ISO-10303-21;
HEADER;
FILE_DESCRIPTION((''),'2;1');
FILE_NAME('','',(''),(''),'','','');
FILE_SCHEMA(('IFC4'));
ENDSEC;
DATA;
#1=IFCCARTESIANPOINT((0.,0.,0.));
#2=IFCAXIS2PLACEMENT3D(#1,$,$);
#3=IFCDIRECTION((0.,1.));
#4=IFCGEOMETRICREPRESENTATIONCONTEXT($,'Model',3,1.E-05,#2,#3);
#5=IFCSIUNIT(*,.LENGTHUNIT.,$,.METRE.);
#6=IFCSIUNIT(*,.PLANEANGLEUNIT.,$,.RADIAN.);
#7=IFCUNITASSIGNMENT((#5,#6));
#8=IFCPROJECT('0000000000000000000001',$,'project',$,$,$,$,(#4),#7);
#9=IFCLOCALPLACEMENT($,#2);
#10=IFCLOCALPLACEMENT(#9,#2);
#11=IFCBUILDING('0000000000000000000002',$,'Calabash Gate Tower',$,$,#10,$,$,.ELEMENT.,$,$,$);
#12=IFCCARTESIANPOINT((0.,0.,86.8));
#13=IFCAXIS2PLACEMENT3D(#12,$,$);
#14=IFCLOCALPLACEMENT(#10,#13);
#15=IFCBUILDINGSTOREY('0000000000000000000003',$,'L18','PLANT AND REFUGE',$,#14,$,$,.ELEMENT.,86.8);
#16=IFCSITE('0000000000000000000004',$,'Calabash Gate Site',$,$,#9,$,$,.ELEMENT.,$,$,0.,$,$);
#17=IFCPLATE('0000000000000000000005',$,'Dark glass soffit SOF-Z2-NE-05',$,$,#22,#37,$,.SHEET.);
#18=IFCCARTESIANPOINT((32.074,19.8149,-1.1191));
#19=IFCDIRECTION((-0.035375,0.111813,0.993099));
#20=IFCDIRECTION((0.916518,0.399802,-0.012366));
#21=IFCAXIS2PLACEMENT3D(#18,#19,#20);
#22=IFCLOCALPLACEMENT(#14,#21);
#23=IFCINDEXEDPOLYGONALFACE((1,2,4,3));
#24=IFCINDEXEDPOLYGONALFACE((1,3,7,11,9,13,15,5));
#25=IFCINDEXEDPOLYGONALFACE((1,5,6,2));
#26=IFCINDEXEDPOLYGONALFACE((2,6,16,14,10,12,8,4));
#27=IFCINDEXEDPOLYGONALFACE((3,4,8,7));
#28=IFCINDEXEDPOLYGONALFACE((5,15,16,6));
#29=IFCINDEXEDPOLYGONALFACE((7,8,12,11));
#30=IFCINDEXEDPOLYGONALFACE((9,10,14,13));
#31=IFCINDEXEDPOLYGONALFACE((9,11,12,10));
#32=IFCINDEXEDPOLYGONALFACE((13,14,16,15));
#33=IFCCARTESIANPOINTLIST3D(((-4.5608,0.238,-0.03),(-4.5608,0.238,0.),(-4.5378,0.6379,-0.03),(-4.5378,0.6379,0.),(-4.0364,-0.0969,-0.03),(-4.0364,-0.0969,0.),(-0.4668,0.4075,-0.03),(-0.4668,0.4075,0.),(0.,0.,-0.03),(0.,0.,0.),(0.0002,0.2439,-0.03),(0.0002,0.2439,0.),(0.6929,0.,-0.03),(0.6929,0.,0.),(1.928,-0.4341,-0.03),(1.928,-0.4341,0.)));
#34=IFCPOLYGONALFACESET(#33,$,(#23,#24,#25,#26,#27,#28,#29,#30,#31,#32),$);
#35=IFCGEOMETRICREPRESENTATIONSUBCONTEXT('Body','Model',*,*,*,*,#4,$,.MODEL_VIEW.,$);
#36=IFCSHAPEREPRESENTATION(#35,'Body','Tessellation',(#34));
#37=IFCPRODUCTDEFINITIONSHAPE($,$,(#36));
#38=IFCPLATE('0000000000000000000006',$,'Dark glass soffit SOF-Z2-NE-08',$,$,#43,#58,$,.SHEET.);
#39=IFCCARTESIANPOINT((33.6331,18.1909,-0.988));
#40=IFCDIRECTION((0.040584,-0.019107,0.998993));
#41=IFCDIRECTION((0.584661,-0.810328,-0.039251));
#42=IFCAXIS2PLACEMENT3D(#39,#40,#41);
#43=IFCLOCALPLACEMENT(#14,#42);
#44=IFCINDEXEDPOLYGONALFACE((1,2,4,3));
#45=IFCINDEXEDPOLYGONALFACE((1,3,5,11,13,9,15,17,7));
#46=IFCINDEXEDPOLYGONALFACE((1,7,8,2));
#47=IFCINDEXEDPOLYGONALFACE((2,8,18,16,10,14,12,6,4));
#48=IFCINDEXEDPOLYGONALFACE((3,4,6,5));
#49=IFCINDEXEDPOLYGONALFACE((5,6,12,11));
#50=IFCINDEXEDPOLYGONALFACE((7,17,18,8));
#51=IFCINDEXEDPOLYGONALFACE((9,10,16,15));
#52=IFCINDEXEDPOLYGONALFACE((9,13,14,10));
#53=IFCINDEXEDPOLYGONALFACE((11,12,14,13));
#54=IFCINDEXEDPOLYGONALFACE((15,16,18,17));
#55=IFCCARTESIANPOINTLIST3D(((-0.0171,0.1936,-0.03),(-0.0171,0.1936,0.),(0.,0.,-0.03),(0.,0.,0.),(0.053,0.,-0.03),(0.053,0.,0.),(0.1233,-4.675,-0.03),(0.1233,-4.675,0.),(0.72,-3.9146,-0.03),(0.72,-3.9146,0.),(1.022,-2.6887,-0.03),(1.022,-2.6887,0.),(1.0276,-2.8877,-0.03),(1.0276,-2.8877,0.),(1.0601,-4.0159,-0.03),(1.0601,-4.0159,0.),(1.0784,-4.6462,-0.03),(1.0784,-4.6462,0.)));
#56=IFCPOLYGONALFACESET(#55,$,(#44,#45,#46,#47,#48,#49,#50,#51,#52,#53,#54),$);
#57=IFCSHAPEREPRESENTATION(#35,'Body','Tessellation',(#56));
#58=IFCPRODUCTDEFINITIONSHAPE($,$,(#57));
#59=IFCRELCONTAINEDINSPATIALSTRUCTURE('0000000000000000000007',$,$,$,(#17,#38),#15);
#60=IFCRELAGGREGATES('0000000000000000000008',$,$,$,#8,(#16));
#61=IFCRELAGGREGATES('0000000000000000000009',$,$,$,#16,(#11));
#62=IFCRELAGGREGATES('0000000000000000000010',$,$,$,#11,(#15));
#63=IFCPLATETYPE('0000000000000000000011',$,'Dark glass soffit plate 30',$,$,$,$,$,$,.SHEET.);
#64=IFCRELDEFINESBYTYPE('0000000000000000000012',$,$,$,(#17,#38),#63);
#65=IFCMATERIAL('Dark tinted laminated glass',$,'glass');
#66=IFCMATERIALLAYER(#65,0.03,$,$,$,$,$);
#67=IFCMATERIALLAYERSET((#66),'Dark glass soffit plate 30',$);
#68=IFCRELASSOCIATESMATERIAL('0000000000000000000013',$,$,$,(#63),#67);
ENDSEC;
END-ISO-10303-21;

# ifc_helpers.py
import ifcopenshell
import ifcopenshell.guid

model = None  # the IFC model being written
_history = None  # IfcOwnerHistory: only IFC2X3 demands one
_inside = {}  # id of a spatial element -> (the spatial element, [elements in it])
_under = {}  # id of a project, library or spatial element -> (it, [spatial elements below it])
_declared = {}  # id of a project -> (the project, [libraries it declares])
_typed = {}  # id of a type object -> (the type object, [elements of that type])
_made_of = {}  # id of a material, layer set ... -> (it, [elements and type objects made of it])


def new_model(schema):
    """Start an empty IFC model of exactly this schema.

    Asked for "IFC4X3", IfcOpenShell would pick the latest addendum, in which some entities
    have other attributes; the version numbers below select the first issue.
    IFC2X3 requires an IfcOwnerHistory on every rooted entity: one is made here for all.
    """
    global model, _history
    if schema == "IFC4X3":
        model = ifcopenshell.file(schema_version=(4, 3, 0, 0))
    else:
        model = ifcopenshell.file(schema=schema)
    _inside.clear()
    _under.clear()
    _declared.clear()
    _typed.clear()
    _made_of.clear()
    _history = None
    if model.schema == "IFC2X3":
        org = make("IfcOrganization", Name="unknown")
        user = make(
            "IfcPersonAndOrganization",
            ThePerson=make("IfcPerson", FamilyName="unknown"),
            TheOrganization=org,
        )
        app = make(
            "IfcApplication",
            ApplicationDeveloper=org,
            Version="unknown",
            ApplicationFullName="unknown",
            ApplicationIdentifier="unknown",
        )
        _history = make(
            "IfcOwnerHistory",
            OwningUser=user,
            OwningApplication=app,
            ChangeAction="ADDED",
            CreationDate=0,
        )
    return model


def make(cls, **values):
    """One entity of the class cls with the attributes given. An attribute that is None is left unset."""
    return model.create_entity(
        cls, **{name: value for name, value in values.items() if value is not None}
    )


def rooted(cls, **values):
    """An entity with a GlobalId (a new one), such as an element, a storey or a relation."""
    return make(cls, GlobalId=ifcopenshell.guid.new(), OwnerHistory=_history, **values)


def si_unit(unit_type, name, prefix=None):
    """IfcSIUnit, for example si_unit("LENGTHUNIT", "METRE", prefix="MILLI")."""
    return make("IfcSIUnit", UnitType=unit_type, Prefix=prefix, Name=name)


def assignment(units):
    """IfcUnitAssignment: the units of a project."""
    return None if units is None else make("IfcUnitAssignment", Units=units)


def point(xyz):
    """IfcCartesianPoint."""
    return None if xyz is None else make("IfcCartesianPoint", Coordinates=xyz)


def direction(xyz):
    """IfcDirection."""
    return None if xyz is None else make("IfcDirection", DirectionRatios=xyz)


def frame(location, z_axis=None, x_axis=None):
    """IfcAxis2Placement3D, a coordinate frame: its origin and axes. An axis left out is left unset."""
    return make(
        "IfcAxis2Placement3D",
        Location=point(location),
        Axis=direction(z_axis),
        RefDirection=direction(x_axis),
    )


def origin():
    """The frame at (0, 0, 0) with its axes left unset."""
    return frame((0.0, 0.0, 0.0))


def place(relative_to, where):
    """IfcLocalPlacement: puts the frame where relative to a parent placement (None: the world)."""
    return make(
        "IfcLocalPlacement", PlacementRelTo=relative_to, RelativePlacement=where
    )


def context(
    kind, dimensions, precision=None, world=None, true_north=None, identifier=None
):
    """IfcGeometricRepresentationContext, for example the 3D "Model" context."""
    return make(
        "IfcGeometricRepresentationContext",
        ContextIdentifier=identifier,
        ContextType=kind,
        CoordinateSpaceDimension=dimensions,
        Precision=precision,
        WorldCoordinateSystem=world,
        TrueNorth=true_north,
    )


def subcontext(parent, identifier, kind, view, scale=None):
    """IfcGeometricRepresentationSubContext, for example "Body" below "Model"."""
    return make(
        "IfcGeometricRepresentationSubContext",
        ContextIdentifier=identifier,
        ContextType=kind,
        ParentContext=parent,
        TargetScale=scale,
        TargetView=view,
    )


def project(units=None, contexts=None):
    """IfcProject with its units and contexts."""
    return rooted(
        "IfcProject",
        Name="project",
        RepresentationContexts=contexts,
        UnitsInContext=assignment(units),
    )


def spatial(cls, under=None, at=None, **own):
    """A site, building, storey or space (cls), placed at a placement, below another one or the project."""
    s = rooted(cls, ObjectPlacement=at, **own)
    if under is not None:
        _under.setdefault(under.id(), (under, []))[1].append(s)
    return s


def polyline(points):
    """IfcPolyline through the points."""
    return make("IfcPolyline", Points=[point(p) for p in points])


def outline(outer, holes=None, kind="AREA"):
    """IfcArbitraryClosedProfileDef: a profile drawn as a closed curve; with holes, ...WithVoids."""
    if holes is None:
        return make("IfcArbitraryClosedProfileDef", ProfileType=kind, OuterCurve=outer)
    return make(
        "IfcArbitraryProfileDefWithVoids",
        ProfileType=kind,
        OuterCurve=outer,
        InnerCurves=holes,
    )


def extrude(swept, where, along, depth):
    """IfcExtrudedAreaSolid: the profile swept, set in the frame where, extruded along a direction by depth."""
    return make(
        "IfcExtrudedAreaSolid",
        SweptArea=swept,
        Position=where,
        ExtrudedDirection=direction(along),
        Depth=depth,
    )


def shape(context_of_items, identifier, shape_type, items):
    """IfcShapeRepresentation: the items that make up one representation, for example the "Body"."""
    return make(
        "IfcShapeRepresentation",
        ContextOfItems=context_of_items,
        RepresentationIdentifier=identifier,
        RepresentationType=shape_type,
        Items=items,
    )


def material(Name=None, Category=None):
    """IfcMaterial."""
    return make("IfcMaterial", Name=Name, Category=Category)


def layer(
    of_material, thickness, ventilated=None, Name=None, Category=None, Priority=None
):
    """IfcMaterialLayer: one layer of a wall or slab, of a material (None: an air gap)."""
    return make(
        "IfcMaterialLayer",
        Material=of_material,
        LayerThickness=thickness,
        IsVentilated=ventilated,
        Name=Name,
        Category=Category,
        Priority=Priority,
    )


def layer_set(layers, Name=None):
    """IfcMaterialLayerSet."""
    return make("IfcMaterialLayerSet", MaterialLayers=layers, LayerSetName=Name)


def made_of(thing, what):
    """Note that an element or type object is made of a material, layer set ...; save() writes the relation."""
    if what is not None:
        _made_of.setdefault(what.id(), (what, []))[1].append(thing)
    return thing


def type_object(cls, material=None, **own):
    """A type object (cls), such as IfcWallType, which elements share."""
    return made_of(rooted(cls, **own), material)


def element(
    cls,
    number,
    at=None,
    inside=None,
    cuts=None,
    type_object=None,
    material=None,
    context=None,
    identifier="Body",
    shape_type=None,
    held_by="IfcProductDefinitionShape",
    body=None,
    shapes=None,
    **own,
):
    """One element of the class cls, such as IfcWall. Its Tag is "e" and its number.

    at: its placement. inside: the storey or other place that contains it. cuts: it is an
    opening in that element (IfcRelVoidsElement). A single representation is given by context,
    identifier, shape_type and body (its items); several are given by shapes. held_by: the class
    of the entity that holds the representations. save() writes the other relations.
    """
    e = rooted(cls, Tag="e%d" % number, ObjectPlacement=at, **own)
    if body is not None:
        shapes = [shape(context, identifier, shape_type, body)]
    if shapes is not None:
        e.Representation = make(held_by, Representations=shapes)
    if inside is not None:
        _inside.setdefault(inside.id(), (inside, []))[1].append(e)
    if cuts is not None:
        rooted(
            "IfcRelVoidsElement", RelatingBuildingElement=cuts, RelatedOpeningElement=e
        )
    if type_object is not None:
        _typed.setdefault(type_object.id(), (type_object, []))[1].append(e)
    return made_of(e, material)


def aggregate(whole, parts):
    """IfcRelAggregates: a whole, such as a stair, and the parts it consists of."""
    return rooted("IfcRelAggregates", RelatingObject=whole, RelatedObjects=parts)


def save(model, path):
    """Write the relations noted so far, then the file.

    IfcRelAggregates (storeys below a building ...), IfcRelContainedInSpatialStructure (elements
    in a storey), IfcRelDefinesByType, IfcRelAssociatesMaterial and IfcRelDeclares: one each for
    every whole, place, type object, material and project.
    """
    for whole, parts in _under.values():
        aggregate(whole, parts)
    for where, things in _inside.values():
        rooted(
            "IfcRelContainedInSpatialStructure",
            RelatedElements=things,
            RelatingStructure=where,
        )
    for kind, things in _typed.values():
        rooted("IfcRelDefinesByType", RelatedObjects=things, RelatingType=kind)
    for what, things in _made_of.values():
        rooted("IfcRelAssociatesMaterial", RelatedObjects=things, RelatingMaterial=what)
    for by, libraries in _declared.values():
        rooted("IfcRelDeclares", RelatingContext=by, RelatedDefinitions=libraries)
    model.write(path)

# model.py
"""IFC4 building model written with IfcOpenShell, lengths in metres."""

from ifc_helpers import new_model, si_unit, direction, frame, origin, place, context, subcontext, project, spatial, polyline, outline, extrude, material, layer, layer_set, type_object, element, save


model = new_model("IFC4")

# Units and contexts
model_context = context("Model", 3, precision=1e-05, world=origin(), true_north=direction((0.0, 1.0)))
body_context = subcontext(model_context, "Body", "Model", "MODEL_VIEW")
ifc_project = project(units=[si_unit("LENGTHUNIT", "METRE"), si_unit("PLANEANGLEUNIT", "RADIAN")], contexts=[model_context])

# Site, building, storey
site_placement = place(None, origin())
site = spatial("IfcSite", under=ifc_project, at=site_placement, Name="Calabash Gate Site", CompositionType="ELEMENT", RefElevation=0.0)
building_placement = place(site_placement, origin())
building = spatial("IfcBuilding", under=site, at=building_placement, Name="Calabash Gate Tower", CompositionType="ELEMENT")
storey_placement = place(building_placement, frame((0.0, 0.0, 86.8)))
storey = spatial("IfcBuildingStorey", under=building, at=storey_placement, Name="L18", Description="PLANT AND REFUGE", CompositionType="ELEMENT", Elevation=86.8)

# Plates
ifc_material_1 = material(Name="Dark tinted laminated glass", Category="glass")
ifc_layer_1 = layer(ifc_material_1, 0.03)
ifc_layer_set_1 = layer_set([ifc_layer_1], Name="Dark glass soffit plate 30")
plate_type = type_object("IfcPlateType", Name="Dark glass soffit plate 30", PredefinedType="SHEET", material=ifc_layer_set_1)
plate_1_placement = place(storey_placement, frame((32.074, 19.8149, -1.1191), z_axis=(-0.035375, 0.111813, 0.993099), x_axis=(0.916518, 0.399802, -0.012366)))
element("IfcPlate", 1, at=plate_1_placement, inside=storey, type_object=plate_type, Name="Dark glass soffit SOF-Z2-NE-05", PredefinedType="SHEET", context=body_context, shape_type="SweptSolid", body=[
    extrude(outline(polyline([(0.0, 0.0), (0.6929, 0.0), (1.928, -0.4341), (-4.0364, -0.0969), (-4.5608, 0.238), (-4.5378, 0.6379), (-0.4668, 0.4075), (0.0002, 0.2439), (0.0, 0.0)])), origin(), (0.0, 0.0, -1.0), 0.03),
])
plate_2_placement = place(storey_placement, frame((33.6331, 18.1909, -0.988), z_axis=(0.040584, -0.019107, 0.998993), x_axis=(0.584661, -0.810328, -0.039251)))
element("IfcPlate", 2, at=plate_2_placement, inside=storey, type_object=plate_type, Name="Dark glass soffit SOF-Z2-NE-08", PredefinedType="SHEET", context=body_context, shape_type="SweptSolid", body=[
    extrude(outline(polyline([(0.0, 0.0), (0.053, 0.0), (1.022, -2.6887), (1.0276, -2.8877), (0.72, -3.9146), (1.0601, -4.0159), (1.0784, -4.6462), (0.1233, -4.675), (-0.0171, 0.1936), (0.0, 0.0)])), origin(), (0.0, 0.0, -1.0), 0.03),
])

save(model, "model.ifc")
